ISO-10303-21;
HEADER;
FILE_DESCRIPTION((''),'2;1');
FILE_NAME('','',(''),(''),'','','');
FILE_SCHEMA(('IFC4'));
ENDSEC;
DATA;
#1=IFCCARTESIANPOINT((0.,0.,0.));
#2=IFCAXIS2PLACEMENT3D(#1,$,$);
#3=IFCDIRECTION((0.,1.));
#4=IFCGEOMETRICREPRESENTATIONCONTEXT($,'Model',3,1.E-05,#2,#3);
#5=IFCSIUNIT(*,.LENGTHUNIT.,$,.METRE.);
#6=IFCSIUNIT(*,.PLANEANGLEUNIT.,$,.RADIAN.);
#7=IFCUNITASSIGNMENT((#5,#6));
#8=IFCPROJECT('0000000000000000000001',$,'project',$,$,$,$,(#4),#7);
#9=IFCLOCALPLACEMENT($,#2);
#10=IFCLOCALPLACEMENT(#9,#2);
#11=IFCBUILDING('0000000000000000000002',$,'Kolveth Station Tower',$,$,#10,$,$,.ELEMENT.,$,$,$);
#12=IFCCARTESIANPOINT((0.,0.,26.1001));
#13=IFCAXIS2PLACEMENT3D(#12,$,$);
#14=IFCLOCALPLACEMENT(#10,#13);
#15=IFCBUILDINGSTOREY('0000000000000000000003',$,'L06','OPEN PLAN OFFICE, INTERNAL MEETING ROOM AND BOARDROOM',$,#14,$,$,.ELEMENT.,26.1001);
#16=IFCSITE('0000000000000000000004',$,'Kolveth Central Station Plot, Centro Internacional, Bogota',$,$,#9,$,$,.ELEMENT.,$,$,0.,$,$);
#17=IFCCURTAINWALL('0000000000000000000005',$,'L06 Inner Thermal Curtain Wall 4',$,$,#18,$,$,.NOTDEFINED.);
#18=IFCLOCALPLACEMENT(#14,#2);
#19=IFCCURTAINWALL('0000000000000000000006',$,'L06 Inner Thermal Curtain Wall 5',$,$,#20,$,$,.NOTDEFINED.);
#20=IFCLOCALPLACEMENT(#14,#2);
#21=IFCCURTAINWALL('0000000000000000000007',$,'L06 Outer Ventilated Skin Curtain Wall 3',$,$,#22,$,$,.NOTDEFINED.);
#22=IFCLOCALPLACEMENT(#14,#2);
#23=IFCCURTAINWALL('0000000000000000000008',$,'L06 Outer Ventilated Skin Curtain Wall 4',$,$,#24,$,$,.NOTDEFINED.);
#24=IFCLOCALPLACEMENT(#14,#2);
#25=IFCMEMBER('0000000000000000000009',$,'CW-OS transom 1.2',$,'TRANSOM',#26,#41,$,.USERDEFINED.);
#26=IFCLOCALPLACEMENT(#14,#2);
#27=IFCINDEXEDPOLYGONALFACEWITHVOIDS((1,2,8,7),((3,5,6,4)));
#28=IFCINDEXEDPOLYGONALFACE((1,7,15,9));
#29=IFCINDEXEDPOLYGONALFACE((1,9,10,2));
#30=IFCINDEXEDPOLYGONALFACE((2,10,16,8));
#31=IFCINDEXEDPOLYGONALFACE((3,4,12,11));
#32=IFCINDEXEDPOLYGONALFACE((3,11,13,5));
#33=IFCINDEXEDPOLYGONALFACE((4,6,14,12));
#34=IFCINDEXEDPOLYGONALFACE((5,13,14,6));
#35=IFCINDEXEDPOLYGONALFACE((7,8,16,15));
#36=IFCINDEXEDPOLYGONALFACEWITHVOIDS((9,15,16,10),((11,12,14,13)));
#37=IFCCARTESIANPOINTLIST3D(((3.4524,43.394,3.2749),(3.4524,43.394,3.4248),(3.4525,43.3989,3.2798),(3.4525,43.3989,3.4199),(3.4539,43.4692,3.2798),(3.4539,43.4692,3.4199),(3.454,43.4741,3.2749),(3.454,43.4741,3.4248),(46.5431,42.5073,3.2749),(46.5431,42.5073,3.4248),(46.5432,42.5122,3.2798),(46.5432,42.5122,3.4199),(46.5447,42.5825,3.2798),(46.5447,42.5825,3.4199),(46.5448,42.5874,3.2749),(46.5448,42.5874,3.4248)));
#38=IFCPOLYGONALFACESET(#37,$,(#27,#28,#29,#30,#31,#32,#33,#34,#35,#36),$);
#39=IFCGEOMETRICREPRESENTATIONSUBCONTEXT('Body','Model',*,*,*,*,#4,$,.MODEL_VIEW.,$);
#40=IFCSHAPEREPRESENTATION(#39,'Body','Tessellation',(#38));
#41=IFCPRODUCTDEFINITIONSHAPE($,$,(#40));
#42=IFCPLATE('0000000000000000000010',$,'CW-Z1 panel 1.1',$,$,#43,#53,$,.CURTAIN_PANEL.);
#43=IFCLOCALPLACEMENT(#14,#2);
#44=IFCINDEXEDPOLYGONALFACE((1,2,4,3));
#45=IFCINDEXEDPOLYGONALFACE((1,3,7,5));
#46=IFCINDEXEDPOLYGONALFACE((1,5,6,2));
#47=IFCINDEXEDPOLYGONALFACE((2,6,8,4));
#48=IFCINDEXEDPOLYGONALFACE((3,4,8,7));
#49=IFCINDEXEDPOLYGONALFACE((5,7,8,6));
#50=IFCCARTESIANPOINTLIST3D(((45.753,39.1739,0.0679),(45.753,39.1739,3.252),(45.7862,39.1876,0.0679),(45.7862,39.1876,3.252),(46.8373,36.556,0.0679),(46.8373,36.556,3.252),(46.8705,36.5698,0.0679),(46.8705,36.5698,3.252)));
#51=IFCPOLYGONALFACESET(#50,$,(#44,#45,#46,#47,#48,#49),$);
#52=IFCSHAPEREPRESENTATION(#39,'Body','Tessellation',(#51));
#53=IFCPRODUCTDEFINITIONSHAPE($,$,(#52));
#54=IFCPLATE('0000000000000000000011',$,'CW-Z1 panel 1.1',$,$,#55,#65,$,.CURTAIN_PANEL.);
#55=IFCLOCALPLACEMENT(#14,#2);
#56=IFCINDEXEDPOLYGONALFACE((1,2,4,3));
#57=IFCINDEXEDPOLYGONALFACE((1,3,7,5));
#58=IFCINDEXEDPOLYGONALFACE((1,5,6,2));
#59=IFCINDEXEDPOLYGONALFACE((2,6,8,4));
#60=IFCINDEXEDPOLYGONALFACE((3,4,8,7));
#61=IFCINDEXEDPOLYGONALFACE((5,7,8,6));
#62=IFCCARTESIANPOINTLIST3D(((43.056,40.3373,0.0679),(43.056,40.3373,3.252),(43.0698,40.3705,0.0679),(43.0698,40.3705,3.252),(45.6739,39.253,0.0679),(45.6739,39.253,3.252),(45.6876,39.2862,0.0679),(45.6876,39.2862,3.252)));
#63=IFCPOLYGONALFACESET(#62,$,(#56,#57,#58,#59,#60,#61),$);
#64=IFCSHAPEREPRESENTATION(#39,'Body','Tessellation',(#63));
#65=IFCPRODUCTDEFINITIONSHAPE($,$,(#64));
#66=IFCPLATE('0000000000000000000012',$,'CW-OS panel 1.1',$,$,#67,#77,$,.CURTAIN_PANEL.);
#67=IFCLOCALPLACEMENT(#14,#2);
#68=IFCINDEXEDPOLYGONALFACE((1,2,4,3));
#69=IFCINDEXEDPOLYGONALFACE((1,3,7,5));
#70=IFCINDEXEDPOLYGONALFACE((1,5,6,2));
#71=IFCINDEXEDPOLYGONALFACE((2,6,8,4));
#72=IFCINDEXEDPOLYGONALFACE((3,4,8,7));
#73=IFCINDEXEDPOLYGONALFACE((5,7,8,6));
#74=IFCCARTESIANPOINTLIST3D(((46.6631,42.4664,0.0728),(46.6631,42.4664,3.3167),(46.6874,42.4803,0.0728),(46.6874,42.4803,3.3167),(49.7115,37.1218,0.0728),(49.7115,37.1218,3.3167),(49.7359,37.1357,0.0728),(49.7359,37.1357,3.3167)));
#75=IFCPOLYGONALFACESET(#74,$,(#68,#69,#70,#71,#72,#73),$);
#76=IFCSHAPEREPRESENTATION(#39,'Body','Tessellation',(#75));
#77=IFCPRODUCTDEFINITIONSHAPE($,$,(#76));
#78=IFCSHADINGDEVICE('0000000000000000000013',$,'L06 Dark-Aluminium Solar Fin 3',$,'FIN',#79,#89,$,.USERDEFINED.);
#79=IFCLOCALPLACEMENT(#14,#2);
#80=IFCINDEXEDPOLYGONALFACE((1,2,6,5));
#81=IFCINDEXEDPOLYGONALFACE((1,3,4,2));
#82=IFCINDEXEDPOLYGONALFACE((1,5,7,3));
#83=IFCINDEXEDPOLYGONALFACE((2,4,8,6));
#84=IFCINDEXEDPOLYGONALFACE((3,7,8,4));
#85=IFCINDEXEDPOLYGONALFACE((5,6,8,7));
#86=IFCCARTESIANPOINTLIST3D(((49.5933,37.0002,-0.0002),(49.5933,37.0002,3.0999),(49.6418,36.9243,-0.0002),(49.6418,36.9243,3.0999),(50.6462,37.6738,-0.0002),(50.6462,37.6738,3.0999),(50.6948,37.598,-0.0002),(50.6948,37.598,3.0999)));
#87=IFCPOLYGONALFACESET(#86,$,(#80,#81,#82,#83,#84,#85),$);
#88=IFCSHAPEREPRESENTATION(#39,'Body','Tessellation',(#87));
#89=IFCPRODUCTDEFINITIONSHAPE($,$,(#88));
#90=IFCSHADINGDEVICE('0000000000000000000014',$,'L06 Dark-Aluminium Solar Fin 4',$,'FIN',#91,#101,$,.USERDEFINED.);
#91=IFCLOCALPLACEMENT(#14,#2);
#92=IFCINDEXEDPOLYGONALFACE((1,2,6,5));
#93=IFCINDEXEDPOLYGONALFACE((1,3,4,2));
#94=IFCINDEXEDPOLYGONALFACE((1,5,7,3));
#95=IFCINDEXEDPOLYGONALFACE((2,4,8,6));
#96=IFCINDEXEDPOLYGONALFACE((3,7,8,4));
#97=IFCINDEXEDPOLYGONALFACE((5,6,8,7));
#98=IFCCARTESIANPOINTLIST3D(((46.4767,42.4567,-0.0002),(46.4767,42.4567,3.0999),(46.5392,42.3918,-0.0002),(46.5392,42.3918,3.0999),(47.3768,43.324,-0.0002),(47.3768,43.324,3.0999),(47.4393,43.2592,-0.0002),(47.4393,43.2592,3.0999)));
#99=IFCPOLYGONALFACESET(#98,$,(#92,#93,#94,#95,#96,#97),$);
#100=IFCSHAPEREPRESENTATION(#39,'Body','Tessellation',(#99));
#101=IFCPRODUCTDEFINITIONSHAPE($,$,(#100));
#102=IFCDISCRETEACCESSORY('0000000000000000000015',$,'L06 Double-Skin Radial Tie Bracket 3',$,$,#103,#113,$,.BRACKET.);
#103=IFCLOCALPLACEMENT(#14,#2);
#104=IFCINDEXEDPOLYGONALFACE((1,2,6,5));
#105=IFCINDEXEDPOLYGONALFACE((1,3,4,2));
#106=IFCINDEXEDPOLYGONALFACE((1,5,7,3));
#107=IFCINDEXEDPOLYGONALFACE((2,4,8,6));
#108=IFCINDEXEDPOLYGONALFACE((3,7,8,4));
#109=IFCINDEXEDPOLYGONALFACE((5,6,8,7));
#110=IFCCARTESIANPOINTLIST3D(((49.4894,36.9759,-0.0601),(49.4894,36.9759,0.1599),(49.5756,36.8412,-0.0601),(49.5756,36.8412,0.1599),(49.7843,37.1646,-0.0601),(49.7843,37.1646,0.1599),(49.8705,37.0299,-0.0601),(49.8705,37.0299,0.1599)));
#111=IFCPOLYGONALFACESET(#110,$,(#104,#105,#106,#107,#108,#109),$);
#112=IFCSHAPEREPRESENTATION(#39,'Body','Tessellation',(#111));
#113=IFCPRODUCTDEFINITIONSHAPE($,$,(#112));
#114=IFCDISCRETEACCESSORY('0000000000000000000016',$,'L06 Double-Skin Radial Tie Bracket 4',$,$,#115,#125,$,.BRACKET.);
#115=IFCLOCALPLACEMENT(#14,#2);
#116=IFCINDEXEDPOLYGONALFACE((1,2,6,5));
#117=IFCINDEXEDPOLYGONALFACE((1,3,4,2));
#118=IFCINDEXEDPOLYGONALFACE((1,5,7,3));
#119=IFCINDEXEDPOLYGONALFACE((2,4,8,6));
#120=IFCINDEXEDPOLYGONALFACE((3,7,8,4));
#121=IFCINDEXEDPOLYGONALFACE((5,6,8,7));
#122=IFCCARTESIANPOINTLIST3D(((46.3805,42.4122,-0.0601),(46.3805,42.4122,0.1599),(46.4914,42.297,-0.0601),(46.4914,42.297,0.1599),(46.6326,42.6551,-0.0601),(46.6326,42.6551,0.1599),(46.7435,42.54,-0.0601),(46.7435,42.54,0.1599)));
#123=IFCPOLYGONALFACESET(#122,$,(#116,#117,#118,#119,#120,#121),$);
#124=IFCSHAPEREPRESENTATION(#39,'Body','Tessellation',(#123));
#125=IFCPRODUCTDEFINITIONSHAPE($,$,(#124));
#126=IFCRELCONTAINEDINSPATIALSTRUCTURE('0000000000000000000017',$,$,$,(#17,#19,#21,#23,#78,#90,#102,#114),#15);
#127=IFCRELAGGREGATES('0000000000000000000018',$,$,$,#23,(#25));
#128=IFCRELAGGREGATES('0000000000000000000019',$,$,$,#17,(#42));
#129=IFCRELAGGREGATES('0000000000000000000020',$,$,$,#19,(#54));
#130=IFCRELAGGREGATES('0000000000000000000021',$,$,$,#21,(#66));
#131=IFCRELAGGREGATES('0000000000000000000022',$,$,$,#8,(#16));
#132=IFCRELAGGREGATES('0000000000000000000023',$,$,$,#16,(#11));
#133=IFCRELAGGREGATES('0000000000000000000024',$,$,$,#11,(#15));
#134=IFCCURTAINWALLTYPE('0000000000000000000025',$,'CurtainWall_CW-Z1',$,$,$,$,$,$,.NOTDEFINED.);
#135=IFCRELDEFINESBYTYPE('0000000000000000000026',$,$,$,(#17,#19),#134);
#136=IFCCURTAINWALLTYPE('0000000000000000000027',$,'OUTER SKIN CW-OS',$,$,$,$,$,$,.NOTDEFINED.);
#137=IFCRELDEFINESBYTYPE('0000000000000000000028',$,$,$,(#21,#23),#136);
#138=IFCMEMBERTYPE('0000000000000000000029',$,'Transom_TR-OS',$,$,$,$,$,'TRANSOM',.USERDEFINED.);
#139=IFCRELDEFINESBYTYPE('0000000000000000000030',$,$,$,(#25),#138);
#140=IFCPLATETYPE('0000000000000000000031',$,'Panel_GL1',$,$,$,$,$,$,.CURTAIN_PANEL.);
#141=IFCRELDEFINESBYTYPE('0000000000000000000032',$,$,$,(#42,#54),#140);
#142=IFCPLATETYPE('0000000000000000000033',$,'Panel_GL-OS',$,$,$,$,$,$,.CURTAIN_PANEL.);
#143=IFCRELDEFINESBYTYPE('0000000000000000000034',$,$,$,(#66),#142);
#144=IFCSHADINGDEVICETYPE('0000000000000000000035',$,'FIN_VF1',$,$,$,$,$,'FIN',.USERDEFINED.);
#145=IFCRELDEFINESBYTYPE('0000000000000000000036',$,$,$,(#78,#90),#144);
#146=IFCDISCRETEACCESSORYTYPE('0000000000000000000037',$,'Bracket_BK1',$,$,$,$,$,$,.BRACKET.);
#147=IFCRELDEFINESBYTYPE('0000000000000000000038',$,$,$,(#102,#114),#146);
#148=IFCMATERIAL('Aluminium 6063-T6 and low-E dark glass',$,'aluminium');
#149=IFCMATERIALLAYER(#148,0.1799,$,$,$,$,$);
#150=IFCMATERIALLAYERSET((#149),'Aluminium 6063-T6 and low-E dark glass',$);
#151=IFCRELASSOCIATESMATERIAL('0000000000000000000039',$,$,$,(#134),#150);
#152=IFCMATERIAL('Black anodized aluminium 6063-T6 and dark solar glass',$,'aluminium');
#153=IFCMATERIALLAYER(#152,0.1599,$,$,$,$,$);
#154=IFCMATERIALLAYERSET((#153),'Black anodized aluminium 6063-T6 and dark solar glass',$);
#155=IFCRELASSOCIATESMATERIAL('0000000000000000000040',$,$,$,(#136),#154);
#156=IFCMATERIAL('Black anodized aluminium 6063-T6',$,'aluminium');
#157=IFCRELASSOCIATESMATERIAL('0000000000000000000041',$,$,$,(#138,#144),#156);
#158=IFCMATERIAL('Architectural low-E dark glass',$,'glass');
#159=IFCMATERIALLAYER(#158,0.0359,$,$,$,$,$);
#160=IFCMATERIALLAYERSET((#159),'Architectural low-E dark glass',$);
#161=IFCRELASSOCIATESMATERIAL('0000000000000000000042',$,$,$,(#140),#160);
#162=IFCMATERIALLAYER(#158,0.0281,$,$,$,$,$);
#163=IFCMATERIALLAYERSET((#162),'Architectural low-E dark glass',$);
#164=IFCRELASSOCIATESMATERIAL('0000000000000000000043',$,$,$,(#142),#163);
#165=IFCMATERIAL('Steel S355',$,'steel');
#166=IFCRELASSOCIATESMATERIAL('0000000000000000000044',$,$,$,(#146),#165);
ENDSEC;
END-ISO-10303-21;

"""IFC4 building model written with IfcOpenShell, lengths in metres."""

from ifc_helpers import new_model, si_unit, direction, frame, origin, origin_2d, place, context, subcontext, project, spatial, rectangle, hollow_rectangle, extrude, source, transform, mapped, material, layer, layer_set, material_profile, profile_set, type_object, element, aggregate, save


model = new_model("IFC4")

# Units and contexts
model_context = context("Model", 3, precision=1e-05, world=origin(), true_north=direction((0.0, 1.0)))
body_context = subcontext(model_context, "Body", "Model", "MODEL_VIEW")
ifc_project = project(units=[si_unit("LENGTHUNIT", "METRE"), si_unit("PLANEANGLEUNIT", "RADIAN")], contexts=[model_context])

# Site, building, storey
site_placement = place(None, origin())
site = spatial("IfcSite", under=ifc_project, at=site_placement, Name="Kolveth Central Station Plot, Centro Internacional, Bogota", CompositionType="ELEMENT", RefElevation=0.0)
building_placement = place(site_placement, origin())
building = spatial("IfcBuilding", under=site, at=building_placement, Name="Kolveth Station Tower", CompositionType="ELEMENT")
storey_placement = place(building_placement, frame((0.0, 0.0, 26.1001)))
storey = spatial("IfcBuildingStorey", under=building, at=storey_placement, Name="L06", Description="OPEN PLAN OFFICE, INTERNAL MEETING ROOM AND BOARDROOM", CompositionType="ELEMENT", Elevation=26.1001)

# Shared definitions
ifc_material_1 = material(Name="Steel S355", Category="steel")

# Curtain walls
ifc_material_2 = material(Name="Aluminium 6063-T6 and low-E dark glass", Category="aluminium")
ifc_layer_1 = layer(ifc_material_2, 0.1799)
ifc_layer_set_1 = layer_set([ifc_layer_1], Name="Aluminium 6063-T6 and low-E dark glass")
curtain_wall_type_1 = type_object("IfcCurtainWallType", Name="CurtainWall_CW-Z1", PredefinedType="NOTDEFINED", material=ifc_layer_set_1)
curtain_wall_1_placement = place(storey_placement, origin())
curtain_wall_1 = element("IfcCurtainWall", 1, at=curtain_wall_1_placement, inside=storey, type_object=curtain_wall_type_1, Name="L06 Inner Thermal Curtain Wall 4", PredefinedType="NOTDEFINED")
ifc_material_3 = material(Name="Black anodized aluminium 6063-T6", Category="aluminium")
curtain_wall_2_placement = place(storey_placement, origin())
curtain_wall_2 = element("IfcCurtainWall", 2, at=curtain_wall_2_placement, inside=storey, type_object=curtain_wall_type_1, Name="L06 Inner Thermal Curtain Wall 5", PredefinedType="NOTDEFINED")

# Shared definitions
ifc_material_4 = material(Name="Black anodized aluminium 6063-T6 and dark solar glass", Category="aluminium")
ifc_layer_2 = layer(ifc_material_4, 0.1599)
ifc_layer_set_2 = layer_set([ifc_layer_2], Name="Black anodized aluminium 6063-T6 and dark solar glass")
curtain_wall_type_2 = type_object("IfcCurtainWallType", Name="OUTER SKIN CW-OS", PredefinedType="NOTDEFINED", material=ifc_layer_set_2)

# Curtain wall
curtain_wall_3_placement = place(storey_placement, origin())
curtain_wall_3 = element("IfcCurtainWall", 3, at=curtain_wall_3_placement, inside=storey, type_object=curtain_wall_type_2, Name="L06 Outer Ventilated Skin Curtain Wall 3", PredefinedType="NOTDEFINED")

# Curtain wall
curtain_wall_4_placement = place(storey_placement, origin())
curtain_wall_4 = element("IfcCurtainWall", 4, at=curtain_wall_4_placement, inside=storey, type_object=curtain_wall_type_2, Name="L06 Outer Ventilated Skin Curtain Wall 4", PredefinedType="NOTDEFINED")

# Member
ifc_material_profile_1 = material_profile(ifc_material_3, hollow_rectangle(XDim=0.0801, YDim=0.1499, WallThickness=0.0049, at=origin_2d()), Name="ALU-80x150x5")
ifc_profile_set_1 = profile_set([ifc_material_profile_1], Name="Black anodized aluminium 6063-T6")
member_type_1 = type_object("IfcMemberType", Name="Transom_TR-OS", ElementType="TRANSOM", PredefinedType="USERDEFINED", material=ifc_profile_set_1)
shared_shape_1 = source(origin(), body_context, "Body", "SweptSolid", [
    extrude(hollow_rectangle(XDim=0.0801, YDim=0.1499, WallThickness=0.0049, at=origin_2d()), origin(), (0.0, 0.0, 1.0), 43.0999),
])
member_1_placement = place(storey_placement, frame((46.5439, 42.5474, 3.3499), z_axis=(-0.999788, 0.020574, 0.0), x_axis=(-0.020574, -0.999788, 0.0)))
member_1 = element("IfcMember", 5, at=member_1_placement, type_object=member_type_1, Name="CW-OS transom 1.2", ObjectType="TRANSOM", PredefinedType="USERDEFINED", context=body_context, shape_type="MappedRepresentation", body=[
    mapped(shared_shape_1, transform((0.0, 0.0, 0.0), x_axis=(1.0, 0.0, 0.0), y_axis=(0.0, 1.0, 0.0), z_axis=(0.0, 0.0, 1.0), scale=1.0)),
])
aggregate(curtain_wall_4, [member_1])

# Plates
ifc_material_5 = material(Name="Architectural low-E dark glass", Category="glass")
ifc_layer_3 = layer(ifc_material_5, 0.0359)
ifc_layer_set_3 = layer_set([ifc_layer_3], Name="Architectural low-E dark glass")
plate_type_1 = type_object("IfcPlateType", Name="Panel_GL1", PredefinedType="CURTAIN_PANEL", material=ifc_layer_set_3)
shared_shape_2 = source(origin(), body_context, "Body", "SweptSolid", [
    extrude(rectangle(XDim=2.8335, YDim=0.0359, at=origin_2d()), origin(), (0.0, 0.0, 1.0), 3.1841),
])
plate_1_placement = place(storey_placement, frame((46.3118, 37.8718, 0.0679), z_axis=(0.0, 0.0, 1.0), x_axis=(-0.382673, 0.923884, 0.0)))
plate_1 = element("IfcPlate", 6, at=plate_1_placement, type_object=plate_type_1, Name="CW-Z1 panel 1.1", PredefinedType="CURTAIN_PANEL", context=body_context, shape_type="MappedRepresentation", body=[
    mapped(shared_shape_2, transform((0.0, 0.0, 0.0), x_axis=(1.0, 0.0, 0.0), y_axis=(0.0, 1.0, 0.0), z_axis=(0.0, 0.0, 1.0), scale=1.0)),
])
aggregate(curtain_wall_1, [plate_1])
plate_2_placement = place(storey_placement, frame((44.3718, 39.8118, 0.0679), z_axis=(0.0, 0.0, 1.0), x_axis=(-0.923884, 0.382673, 0.0)))
plate_2 = element("IfcPlate", 7, at=plate_2_placement, type_object=plate_type_1, Name="CW-Z1 panel 1.1", PredefinedType="CURTAIN_PANEL", context=body_context, shape_type="MappedRepresentation", body=[
    mapped(shared_shape_2, transform((0.0, 0.0, 0.0), x_axis=(1.0, 0.0, 0.0), y_axis=(0.0, 1.0, 0.0), z_axis=(0.0, 0.0, 1.0), scale=1.0)),
])
aggregate(curtain_wall_2, [plate_2])
ifc_layer_4 = layer(ifc_material_5, 0.0281)
ifc_layer_set_4 = layer_set([ifc_layer_4], Name="Architectural low-E dark glass")
plate_type_2 = type_object("IfcPlateType", Name="Panel_GL-OS", PredefinedType="CURTAIN_PANEL", material=ifc_layer_set_4)
shared_shape_3 = source(origin(), body_context, "Body", "SweptSolid", [
    extrude(rectangle(XDim=6.1528, YDim=0.0281, at=origin_2d()), origin(), (0.0, 0.0, 1.0), 3.2439),
])
plate_3_placement = place(storey_placement, frame((48.1995, 39.801, 0.0728), z_axis=(0.0, 0.0, 1.0), x_axis=(-0.495452, 0.868635, 0.0)))
plate_3 = element("IfcPlate", 8, at=plate_3_placement, type_object=plate_type_2, Name="CW-OS panel 1.1", PredefinedType="CURTAIN_PANEL", context=body_context, shape_type="MappedRepresentation", body=[
    mapped(shared_shape_3, transform((0.0, 0.0, 0.0), x_axis=(1.0, 0.0, 0.0), y_axis=(0.0, 1.0, 0.0), z_axis=(0.0, 0.0, 1.0), scale=1.0)),
])
aggregate(curtain_wall_3, [plate_3])

# Shading devices
shading_device_type = type_object("IfcShadingDeviceType", Name="FIN_VF1", ElementType="FIN", PredefinedType="USERDEFINED", material=ifc_material_3)
shared_shape_4 = source(origin(), body_context, "Body", "SweptSolid", [
    extrude(rectangle(XDim=1.25, YDim=0.0901, at=origin_2d()), origin(), (0.0, 0.0, 1.0), 3.1001),
])
for number, where, z_axis, x_axis, name in (
    (9, (50.144, 37.2991, -0.0002), (0.0, 0.0, 1.0), (0.842358, 0.538918, 0.0), "L06 Dark-Aluminium Solar Fin 3"),
    (10, (46.958, 42.8579, -0.0002), (0.0, 0.0, 1.0), (0.720067, 0.693905, 0.0), "L06 Dark-Aluminium Solar Fin 4"),
):
    element("IfcShadingDevice", number, at=place(storey_placement, frame(where, z_axis=z_axis, x_axis=x_axis)), inside=storey, type_object=shading_device_type, Name=name, ObjectType="FIN", PredefinedType="USERDEFINED", context=body_context, shape_type="MappedRepresentation", body=[
        mapped(shared_shape_4, transform((0.0, 0.0, 0.0), x_axis=(1.0, 0.0, 0.0), y_axis=(0.0, 1.0, 0.0), z_axis=(0.0, 0.0, 1.0), scale=1.0)),
    ])

# Discrete accessories
discrete_accessory_type = type_object("IfcDiscreteAccessoryType", Name="Bracket_BK1", PredefinedType="BRACKET", material=ifc_material_1)
shared_shape_5 = source(origin(), body_context, "Body", "SweptSolid", [
    extrude(rectangle(XDim=0.3501, YDim=0.1599, at=origin_2d()), origin(), (0.0, 0.0, 1.0), 0.22),
])
for number, where, z_axis, x_axis, name in (
    (11, (49.6799, 37.0029, -0.0601), (0.0, 0.0, 1.0), (0.842358, 0.538918, 0.0), "L06 Double-Skin Radial Tie Bracket 3"),
    (12, (46.562, 42.4761, -0.0601), (0.0, 0.0, 1.0), (0.720067, 0.693905, 0.0), "L06 Double-Skin Radial Tie Bracket 4"),
):
    element("IfcDiscreteAccessory", number, at=place(storey_placement, frame(where, z_axis=z_axis, x_axis=x_axis)), inside=storey, type_object=discrete_accessory_type, Name=name, PredefinedType="BRACKET", context=body_context, shape_type="MappedRepresentation", body=[
        mapped(shared_shape_5, transform((0.0, 0.0, 0.0), x_axis=(1.0, 0.0, 0.0), y_axis=(0.0, 1.0, 0.0), z_axis=(0.0, 0.0, 1.0), scale=1.0)),
    ])

save(model, "model.ifc")
